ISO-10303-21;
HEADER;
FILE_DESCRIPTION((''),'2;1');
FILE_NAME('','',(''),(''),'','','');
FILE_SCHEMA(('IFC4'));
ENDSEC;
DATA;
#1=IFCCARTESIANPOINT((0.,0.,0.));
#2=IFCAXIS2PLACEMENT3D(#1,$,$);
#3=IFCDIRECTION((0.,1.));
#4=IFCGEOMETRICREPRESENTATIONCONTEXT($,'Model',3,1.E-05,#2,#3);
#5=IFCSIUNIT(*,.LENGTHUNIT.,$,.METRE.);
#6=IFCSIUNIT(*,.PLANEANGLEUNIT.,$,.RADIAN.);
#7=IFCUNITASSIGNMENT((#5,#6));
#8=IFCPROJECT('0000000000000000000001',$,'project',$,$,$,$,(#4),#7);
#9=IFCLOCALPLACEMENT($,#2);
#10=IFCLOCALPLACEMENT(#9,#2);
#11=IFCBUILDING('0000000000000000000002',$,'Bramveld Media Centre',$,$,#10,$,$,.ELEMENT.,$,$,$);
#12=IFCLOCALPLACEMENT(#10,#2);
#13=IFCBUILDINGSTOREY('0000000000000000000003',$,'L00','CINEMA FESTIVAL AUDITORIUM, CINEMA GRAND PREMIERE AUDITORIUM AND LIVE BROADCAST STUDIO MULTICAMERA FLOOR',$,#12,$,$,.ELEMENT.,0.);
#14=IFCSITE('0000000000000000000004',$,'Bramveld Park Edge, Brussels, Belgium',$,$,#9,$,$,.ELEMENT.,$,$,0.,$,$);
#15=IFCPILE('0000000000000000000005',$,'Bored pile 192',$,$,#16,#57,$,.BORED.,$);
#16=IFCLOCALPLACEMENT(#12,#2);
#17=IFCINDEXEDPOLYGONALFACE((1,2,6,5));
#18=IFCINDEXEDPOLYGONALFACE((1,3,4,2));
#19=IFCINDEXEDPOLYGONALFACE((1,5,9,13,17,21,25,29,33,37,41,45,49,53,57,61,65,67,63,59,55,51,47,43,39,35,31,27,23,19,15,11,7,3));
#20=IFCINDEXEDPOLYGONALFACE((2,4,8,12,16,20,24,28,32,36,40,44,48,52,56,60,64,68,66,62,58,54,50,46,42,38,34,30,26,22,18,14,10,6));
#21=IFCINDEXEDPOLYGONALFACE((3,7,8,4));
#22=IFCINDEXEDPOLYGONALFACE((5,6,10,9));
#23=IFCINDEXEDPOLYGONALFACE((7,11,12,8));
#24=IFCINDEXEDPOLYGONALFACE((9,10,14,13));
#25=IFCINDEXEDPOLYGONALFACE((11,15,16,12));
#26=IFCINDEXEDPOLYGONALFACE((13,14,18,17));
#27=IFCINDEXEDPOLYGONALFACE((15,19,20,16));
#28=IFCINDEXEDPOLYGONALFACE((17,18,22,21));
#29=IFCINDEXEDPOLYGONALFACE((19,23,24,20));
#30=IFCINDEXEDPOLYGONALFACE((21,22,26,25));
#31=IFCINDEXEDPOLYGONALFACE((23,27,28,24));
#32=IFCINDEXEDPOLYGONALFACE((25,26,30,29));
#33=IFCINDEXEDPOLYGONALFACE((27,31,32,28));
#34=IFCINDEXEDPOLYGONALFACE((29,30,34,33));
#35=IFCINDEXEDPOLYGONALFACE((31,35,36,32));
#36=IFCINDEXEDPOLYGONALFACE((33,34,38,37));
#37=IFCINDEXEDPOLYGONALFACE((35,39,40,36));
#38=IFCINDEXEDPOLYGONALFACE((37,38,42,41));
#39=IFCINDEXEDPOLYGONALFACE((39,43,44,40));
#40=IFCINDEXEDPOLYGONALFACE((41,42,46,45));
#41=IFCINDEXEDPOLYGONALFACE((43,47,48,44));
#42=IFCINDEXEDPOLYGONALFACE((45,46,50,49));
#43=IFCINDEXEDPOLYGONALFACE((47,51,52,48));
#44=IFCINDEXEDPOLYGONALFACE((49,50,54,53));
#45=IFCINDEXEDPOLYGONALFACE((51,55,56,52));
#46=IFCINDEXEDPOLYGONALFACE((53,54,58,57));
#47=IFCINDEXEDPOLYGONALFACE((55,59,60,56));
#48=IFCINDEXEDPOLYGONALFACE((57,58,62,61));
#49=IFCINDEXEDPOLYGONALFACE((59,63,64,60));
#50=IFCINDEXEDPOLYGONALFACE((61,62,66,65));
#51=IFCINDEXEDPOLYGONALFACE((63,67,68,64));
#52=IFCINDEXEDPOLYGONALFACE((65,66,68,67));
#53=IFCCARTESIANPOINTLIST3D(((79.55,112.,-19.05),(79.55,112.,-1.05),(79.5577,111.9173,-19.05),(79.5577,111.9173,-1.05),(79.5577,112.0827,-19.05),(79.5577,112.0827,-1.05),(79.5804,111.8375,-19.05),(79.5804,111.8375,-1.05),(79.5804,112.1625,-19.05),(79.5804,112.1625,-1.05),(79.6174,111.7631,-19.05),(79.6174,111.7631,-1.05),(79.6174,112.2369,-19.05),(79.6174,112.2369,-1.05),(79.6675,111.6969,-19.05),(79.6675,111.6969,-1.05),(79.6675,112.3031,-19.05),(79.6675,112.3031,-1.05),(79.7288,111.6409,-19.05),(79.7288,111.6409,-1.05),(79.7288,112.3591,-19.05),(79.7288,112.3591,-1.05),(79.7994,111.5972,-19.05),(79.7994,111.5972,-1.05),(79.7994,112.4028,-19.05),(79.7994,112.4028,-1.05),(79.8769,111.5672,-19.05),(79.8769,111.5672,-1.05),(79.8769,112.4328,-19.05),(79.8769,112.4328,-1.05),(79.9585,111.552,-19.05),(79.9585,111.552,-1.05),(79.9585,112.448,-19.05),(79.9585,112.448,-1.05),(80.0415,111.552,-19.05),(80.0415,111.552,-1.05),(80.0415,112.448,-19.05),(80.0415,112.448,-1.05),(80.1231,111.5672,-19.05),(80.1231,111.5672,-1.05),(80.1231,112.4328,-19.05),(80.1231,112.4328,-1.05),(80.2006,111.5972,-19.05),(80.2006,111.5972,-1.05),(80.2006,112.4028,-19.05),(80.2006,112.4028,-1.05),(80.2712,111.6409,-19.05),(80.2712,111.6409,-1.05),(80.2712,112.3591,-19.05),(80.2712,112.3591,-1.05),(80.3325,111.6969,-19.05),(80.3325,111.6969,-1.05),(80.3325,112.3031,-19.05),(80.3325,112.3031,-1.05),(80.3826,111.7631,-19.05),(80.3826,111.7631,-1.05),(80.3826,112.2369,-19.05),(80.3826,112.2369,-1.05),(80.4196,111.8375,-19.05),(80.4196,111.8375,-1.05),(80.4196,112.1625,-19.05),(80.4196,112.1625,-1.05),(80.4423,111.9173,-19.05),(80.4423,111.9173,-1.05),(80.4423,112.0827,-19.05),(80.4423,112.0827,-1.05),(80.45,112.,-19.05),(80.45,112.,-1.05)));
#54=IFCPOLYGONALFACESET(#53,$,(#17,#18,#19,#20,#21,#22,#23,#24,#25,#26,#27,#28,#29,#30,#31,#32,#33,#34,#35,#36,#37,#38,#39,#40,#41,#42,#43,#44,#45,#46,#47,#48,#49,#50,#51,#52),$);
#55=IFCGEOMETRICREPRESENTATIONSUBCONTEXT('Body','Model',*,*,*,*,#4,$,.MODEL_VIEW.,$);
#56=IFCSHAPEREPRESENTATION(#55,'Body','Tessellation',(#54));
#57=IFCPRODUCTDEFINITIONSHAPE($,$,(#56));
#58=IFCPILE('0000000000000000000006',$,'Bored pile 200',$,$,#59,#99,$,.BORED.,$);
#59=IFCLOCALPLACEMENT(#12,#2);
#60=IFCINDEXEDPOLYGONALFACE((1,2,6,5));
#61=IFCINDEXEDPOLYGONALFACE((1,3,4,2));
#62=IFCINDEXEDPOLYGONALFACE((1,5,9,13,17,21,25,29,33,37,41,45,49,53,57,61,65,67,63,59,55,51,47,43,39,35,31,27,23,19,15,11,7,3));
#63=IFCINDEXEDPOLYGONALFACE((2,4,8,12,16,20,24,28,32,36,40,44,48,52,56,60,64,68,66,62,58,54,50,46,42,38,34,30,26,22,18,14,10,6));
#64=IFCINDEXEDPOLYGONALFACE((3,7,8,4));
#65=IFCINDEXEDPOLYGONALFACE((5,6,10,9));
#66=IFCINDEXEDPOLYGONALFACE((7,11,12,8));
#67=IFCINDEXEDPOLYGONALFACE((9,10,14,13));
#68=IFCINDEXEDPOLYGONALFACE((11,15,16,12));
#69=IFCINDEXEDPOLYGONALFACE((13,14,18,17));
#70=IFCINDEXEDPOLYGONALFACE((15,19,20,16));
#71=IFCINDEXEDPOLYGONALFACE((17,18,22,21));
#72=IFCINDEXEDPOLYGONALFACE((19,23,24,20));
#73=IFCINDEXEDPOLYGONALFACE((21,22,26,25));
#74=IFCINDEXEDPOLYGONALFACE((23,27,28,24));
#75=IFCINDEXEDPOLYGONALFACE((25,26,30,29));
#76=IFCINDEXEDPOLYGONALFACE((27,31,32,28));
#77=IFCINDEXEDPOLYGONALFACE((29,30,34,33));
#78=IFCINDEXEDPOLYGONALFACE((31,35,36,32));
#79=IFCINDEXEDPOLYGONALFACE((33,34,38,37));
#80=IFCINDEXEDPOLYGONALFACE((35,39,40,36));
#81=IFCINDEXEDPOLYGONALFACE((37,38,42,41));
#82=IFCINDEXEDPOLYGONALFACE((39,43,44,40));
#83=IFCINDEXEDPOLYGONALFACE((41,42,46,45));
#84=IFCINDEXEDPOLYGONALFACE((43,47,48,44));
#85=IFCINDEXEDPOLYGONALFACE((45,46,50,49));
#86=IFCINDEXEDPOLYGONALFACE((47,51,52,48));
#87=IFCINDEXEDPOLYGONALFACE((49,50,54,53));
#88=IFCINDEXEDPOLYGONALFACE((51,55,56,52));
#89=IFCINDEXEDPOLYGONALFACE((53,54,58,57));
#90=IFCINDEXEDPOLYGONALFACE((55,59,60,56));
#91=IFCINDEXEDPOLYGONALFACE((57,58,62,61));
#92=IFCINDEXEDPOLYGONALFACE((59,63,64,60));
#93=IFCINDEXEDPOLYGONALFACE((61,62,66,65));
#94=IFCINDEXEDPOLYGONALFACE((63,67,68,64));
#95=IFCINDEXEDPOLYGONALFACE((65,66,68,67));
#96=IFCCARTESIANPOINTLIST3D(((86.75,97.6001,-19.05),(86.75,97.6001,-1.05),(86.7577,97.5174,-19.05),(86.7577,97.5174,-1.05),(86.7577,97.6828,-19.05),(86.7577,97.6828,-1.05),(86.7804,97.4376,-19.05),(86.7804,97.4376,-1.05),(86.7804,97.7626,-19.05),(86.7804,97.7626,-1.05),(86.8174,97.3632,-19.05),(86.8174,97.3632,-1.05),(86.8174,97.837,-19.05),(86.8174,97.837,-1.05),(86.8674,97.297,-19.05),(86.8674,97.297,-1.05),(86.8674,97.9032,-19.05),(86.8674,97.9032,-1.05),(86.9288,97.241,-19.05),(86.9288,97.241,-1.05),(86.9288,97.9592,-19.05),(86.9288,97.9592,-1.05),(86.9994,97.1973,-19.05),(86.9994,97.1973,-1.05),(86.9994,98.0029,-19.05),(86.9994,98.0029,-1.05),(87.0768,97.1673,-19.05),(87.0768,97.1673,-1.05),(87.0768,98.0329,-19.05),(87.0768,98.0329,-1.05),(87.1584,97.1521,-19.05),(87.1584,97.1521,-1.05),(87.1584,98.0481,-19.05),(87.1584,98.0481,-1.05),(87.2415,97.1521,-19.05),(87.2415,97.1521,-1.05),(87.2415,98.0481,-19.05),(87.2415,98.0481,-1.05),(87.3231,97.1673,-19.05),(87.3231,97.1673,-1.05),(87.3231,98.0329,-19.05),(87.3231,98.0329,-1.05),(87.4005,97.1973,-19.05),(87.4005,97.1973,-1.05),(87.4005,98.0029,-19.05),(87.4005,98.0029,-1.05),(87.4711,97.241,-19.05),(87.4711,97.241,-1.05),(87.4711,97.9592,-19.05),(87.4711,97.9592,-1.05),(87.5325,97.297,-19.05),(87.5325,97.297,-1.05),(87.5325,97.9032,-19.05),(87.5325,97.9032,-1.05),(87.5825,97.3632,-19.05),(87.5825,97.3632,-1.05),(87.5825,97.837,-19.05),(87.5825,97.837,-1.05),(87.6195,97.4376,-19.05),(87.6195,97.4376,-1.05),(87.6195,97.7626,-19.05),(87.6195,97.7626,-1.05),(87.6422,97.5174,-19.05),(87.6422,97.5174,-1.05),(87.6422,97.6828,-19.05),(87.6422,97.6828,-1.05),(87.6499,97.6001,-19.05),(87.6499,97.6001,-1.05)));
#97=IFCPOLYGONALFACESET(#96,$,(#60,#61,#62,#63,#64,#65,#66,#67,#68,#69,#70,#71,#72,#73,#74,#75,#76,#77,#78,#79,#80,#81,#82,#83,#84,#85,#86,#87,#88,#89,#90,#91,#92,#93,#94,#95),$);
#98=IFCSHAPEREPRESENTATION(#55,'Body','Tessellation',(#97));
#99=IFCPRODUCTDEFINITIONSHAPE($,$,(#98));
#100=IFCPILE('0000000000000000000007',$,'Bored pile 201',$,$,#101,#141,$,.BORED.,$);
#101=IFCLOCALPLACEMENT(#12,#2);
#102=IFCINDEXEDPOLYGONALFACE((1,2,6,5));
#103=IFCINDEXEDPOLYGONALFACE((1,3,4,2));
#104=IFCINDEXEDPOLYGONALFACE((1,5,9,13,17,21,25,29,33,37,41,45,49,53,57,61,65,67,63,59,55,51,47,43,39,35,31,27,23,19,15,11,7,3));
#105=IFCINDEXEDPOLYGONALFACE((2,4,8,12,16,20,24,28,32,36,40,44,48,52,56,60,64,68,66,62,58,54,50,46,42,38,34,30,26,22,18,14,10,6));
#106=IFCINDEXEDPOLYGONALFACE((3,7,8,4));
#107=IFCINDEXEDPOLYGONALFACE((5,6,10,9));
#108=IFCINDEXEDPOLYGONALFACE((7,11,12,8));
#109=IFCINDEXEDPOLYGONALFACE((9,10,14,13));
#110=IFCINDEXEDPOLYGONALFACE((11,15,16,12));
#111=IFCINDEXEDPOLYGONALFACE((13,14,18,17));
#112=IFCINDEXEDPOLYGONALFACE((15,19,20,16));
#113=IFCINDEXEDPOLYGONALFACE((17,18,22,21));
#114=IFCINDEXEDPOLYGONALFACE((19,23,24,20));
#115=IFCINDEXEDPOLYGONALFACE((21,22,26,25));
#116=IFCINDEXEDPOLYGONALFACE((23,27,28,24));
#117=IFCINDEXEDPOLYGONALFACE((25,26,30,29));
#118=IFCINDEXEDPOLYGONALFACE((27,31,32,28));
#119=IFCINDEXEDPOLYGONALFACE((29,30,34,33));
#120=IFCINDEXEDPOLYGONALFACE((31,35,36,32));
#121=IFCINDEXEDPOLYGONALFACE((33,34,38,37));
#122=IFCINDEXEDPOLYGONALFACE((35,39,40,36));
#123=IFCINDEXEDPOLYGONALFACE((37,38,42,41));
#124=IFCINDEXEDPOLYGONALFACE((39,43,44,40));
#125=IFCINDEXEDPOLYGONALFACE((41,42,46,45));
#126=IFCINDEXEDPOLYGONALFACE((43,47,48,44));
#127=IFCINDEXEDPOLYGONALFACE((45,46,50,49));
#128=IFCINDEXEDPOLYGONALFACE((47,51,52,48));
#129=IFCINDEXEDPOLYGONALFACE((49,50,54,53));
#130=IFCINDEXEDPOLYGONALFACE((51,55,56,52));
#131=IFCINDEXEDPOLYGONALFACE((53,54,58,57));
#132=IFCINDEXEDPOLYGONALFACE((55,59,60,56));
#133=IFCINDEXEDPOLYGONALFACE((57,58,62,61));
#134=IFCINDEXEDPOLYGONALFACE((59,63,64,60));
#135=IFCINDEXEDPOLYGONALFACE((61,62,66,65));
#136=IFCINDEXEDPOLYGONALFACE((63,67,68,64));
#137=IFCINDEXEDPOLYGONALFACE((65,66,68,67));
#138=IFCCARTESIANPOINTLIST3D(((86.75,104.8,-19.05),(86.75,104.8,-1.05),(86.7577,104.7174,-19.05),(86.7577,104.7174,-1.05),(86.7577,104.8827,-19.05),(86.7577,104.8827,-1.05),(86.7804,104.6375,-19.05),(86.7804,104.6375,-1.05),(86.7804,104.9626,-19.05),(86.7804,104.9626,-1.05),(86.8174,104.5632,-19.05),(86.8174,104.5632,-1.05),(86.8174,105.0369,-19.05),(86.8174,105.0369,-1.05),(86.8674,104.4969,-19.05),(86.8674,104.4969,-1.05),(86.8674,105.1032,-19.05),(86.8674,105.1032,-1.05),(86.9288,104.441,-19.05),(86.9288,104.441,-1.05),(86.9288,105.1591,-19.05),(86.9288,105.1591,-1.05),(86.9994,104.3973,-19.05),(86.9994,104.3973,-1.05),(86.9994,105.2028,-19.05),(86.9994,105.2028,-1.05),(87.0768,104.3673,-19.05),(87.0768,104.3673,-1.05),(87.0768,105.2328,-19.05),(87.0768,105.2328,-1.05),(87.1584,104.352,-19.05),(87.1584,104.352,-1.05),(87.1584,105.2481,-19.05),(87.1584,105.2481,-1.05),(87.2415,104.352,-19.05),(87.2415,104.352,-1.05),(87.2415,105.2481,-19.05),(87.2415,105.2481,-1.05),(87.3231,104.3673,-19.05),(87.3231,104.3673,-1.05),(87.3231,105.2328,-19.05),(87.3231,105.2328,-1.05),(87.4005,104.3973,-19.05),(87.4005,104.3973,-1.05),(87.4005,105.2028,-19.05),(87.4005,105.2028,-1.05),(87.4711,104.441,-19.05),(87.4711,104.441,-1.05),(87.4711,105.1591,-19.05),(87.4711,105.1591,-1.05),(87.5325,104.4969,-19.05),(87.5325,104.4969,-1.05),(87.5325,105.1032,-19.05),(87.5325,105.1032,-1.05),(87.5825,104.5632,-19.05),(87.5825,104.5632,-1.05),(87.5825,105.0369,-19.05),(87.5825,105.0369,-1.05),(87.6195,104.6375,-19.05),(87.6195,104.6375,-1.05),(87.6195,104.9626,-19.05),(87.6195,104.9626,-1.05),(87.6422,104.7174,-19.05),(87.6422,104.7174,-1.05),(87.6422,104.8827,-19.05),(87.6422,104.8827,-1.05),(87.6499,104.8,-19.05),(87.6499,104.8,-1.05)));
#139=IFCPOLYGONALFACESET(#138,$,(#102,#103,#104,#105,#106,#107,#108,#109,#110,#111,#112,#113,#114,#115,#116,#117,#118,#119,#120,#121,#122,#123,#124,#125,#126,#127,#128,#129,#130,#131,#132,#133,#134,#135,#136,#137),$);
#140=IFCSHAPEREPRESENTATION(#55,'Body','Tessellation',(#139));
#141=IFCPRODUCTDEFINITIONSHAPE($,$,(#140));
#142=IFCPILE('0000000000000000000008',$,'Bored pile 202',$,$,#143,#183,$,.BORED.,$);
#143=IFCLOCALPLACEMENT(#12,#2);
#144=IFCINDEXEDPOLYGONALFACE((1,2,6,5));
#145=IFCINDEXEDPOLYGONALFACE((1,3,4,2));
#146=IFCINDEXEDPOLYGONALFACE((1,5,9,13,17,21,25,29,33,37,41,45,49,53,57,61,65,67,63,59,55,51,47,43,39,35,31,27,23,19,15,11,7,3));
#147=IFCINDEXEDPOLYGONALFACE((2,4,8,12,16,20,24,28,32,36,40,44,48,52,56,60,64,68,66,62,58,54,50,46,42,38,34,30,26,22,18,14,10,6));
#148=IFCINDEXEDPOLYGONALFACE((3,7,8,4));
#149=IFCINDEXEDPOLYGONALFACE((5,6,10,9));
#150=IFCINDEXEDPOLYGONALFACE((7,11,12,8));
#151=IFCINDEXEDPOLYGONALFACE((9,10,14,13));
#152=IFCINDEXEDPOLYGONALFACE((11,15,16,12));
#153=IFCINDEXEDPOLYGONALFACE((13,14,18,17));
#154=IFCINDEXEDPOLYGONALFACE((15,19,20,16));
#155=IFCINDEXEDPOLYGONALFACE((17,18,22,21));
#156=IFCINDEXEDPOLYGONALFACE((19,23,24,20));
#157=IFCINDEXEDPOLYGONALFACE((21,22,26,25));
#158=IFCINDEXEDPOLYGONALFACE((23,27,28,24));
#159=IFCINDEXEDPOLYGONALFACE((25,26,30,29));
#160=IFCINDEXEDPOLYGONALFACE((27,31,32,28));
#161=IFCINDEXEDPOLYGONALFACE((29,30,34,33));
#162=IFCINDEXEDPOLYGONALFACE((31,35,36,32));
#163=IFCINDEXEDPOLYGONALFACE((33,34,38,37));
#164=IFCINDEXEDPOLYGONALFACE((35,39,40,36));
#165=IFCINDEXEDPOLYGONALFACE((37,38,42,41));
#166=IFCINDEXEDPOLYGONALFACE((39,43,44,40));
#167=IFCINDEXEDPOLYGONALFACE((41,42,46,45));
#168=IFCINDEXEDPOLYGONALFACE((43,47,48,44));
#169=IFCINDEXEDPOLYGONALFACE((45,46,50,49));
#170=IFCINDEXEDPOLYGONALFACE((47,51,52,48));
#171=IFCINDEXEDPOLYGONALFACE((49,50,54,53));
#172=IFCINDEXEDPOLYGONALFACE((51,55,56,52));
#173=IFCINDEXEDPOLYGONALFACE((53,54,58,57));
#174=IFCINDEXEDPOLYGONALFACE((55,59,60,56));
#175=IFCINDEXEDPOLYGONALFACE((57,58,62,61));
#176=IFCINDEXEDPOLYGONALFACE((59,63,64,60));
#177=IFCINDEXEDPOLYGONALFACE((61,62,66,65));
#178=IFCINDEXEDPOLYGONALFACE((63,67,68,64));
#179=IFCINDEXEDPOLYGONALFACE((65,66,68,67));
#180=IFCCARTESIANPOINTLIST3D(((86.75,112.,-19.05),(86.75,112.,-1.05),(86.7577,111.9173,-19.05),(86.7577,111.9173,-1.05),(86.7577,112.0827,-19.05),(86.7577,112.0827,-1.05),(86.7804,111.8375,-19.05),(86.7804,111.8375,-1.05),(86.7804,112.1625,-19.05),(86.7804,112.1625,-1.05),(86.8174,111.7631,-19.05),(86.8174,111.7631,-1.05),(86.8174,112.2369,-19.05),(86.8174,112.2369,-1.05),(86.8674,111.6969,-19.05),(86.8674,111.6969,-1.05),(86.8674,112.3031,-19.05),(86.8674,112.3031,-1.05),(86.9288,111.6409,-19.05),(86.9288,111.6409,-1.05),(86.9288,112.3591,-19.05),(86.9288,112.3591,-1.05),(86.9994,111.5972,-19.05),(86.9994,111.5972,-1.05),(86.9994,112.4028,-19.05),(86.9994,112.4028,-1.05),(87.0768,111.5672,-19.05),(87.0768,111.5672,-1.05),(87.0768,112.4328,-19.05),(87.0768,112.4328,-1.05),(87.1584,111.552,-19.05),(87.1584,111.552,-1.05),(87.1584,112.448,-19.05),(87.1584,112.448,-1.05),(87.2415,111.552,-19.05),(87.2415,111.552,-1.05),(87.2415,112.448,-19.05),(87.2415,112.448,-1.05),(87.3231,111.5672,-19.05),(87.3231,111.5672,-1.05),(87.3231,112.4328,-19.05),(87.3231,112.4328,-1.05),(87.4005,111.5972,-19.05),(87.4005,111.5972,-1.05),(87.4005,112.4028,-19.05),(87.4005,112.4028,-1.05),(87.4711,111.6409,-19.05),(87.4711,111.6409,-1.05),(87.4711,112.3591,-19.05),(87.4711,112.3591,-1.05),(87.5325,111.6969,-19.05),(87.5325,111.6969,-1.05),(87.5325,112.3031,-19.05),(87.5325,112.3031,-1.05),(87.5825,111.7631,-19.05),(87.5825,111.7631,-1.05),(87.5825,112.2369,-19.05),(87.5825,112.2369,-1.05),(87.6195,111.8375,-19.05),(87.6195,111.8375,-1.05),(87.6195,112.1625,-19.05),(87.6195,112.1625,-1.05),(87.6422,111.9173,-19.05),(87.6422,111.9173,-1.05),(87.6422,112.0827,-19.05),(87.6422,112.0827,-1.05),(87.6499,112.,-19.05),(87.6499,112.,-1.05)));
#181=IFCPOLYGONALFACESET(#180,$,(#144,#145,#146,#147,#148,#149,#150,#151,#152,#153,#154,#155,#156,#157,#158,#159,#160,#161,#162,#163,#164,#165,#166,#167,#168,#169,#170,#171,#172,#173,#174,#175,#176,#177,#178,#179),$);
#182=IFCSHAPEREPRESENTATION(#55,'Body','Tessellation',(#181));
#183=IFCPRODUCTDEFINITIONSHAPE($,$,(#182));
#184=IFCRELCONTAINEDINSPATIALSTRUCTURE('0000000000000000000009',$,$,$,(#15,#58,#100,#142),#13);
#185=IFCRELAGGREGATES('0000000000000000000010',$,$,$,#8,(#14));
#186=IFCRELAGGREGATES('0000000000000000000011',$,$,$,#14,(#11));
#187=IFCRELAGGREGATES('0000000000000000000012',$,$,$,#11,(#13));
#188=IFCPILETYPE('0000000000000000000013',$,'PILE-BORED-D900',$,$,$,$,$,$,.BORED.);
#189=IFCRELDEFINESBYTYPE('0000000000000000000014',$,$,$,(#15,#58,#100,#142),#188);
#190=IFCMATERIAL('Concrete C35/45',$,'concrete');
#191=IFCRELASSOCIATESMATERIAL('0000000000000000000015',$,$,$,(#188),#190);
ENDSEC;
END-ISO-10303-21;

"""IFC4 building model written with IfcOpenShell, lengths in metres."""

from ifc_helpers import new_model, si_unit, direction, frame, origin, origin_2d, place, context, subcontext, project, spatial, circle, extrude, material, material_profile, profile_set, type_object, element, save


model = new_model("IFC4")

# Units and contexts
model_context = context("Model", 3, precision=1e-05, world=origin(), true_north=direction((0.0, 1.0)))
body_context = subcontext(model_context, "Body", "Model", "MODEL_VIEW")
ifc_project = project(units=[si_unit("LENGTHUNIT", "METRE"), si_unit("PLANEANGLEUNIT", "RADIAN")], contexts=[model_context])

# Site, building, storey
site_placement = place(None, origin())
site = spatial("IfcSite", under=ifc_project, at=site_placement, Name="Bramveld Park Edge, Brussels, Belgium", CompositionType="ELEMENT", RefElevation=0.0)
building_placement = place(site_placement, origin())
building = spatial("IfcBuilding", under=site, at=building_placement, Name="Bramveld Media Centre", CompositionType="ELEMENT")
storey_placement = place(building_placement, origin())
storey = spatial("IfcBuildingStorey", under=building, at=storey_placement, Name="L00", Description="CINEMA FESTIVAL AUDITORIUM, CINEMA GRAND PREMIERE AUDITORIUM AND LIVE BROADCAST STUDIO MULTICAMERA FLOOR", CompositionType="ELEMENT", Elevation=0.0)

# Piles
ifc_material_1 = material(Name="Concrete C35/45", Category="concrete")
ifc_material_profile_1 = material_profile(ifc_material_1, circle(Radius=0.45, at=origin_2d()), Name="BORED D900")
ifc_profile_set_1 = profile_set([ifc_material_profile_1], Name="Concrete C35/45")
pile_type_1 = type_object("IfcPileType", Name="PILE-BORED-D900", PredefinedType="BORED", material=ifc_profile_set_1)
for number, where, z_axis, x_axis, name in (
    (1, (80.0, 112.0, -1.05), (0.0, 0.0, -1.0), (1.0, 0.0, 0.0), "Bored pile 192"),
    (2, (87.2, 97.6001, -1.05), (0.0, 0.0, -1.0), (1.0, 0.0, 0.0), "Bored pile 200"),
    (3, (87.2, 104.8, -1.05), (0.0, 0.0, -1.0), (1.0, 0.0, 0.0), "Bored pile 201"),
    (4, (87.2, 112.0, -1.05), (0.0, 0.0, -1.0), (1.0, 0.0, 0.0), "Bored pile 202"),
):
    element("IfcPile", number, at=place(storey_placement, frame(where, z_axis=z_axis, x_axis=x_axis)), inside=storey, type_object=pile_type_1, Name=name, PredefinedType="BORED", context=body_context, shape_type="SweptSolid", body=[
        extrude(circle(Radius=0.45, at=origin_2d()), origin(), (0.0, 0.0, 1.0), 18.0),
    ])

save(model, "model.ifc")
